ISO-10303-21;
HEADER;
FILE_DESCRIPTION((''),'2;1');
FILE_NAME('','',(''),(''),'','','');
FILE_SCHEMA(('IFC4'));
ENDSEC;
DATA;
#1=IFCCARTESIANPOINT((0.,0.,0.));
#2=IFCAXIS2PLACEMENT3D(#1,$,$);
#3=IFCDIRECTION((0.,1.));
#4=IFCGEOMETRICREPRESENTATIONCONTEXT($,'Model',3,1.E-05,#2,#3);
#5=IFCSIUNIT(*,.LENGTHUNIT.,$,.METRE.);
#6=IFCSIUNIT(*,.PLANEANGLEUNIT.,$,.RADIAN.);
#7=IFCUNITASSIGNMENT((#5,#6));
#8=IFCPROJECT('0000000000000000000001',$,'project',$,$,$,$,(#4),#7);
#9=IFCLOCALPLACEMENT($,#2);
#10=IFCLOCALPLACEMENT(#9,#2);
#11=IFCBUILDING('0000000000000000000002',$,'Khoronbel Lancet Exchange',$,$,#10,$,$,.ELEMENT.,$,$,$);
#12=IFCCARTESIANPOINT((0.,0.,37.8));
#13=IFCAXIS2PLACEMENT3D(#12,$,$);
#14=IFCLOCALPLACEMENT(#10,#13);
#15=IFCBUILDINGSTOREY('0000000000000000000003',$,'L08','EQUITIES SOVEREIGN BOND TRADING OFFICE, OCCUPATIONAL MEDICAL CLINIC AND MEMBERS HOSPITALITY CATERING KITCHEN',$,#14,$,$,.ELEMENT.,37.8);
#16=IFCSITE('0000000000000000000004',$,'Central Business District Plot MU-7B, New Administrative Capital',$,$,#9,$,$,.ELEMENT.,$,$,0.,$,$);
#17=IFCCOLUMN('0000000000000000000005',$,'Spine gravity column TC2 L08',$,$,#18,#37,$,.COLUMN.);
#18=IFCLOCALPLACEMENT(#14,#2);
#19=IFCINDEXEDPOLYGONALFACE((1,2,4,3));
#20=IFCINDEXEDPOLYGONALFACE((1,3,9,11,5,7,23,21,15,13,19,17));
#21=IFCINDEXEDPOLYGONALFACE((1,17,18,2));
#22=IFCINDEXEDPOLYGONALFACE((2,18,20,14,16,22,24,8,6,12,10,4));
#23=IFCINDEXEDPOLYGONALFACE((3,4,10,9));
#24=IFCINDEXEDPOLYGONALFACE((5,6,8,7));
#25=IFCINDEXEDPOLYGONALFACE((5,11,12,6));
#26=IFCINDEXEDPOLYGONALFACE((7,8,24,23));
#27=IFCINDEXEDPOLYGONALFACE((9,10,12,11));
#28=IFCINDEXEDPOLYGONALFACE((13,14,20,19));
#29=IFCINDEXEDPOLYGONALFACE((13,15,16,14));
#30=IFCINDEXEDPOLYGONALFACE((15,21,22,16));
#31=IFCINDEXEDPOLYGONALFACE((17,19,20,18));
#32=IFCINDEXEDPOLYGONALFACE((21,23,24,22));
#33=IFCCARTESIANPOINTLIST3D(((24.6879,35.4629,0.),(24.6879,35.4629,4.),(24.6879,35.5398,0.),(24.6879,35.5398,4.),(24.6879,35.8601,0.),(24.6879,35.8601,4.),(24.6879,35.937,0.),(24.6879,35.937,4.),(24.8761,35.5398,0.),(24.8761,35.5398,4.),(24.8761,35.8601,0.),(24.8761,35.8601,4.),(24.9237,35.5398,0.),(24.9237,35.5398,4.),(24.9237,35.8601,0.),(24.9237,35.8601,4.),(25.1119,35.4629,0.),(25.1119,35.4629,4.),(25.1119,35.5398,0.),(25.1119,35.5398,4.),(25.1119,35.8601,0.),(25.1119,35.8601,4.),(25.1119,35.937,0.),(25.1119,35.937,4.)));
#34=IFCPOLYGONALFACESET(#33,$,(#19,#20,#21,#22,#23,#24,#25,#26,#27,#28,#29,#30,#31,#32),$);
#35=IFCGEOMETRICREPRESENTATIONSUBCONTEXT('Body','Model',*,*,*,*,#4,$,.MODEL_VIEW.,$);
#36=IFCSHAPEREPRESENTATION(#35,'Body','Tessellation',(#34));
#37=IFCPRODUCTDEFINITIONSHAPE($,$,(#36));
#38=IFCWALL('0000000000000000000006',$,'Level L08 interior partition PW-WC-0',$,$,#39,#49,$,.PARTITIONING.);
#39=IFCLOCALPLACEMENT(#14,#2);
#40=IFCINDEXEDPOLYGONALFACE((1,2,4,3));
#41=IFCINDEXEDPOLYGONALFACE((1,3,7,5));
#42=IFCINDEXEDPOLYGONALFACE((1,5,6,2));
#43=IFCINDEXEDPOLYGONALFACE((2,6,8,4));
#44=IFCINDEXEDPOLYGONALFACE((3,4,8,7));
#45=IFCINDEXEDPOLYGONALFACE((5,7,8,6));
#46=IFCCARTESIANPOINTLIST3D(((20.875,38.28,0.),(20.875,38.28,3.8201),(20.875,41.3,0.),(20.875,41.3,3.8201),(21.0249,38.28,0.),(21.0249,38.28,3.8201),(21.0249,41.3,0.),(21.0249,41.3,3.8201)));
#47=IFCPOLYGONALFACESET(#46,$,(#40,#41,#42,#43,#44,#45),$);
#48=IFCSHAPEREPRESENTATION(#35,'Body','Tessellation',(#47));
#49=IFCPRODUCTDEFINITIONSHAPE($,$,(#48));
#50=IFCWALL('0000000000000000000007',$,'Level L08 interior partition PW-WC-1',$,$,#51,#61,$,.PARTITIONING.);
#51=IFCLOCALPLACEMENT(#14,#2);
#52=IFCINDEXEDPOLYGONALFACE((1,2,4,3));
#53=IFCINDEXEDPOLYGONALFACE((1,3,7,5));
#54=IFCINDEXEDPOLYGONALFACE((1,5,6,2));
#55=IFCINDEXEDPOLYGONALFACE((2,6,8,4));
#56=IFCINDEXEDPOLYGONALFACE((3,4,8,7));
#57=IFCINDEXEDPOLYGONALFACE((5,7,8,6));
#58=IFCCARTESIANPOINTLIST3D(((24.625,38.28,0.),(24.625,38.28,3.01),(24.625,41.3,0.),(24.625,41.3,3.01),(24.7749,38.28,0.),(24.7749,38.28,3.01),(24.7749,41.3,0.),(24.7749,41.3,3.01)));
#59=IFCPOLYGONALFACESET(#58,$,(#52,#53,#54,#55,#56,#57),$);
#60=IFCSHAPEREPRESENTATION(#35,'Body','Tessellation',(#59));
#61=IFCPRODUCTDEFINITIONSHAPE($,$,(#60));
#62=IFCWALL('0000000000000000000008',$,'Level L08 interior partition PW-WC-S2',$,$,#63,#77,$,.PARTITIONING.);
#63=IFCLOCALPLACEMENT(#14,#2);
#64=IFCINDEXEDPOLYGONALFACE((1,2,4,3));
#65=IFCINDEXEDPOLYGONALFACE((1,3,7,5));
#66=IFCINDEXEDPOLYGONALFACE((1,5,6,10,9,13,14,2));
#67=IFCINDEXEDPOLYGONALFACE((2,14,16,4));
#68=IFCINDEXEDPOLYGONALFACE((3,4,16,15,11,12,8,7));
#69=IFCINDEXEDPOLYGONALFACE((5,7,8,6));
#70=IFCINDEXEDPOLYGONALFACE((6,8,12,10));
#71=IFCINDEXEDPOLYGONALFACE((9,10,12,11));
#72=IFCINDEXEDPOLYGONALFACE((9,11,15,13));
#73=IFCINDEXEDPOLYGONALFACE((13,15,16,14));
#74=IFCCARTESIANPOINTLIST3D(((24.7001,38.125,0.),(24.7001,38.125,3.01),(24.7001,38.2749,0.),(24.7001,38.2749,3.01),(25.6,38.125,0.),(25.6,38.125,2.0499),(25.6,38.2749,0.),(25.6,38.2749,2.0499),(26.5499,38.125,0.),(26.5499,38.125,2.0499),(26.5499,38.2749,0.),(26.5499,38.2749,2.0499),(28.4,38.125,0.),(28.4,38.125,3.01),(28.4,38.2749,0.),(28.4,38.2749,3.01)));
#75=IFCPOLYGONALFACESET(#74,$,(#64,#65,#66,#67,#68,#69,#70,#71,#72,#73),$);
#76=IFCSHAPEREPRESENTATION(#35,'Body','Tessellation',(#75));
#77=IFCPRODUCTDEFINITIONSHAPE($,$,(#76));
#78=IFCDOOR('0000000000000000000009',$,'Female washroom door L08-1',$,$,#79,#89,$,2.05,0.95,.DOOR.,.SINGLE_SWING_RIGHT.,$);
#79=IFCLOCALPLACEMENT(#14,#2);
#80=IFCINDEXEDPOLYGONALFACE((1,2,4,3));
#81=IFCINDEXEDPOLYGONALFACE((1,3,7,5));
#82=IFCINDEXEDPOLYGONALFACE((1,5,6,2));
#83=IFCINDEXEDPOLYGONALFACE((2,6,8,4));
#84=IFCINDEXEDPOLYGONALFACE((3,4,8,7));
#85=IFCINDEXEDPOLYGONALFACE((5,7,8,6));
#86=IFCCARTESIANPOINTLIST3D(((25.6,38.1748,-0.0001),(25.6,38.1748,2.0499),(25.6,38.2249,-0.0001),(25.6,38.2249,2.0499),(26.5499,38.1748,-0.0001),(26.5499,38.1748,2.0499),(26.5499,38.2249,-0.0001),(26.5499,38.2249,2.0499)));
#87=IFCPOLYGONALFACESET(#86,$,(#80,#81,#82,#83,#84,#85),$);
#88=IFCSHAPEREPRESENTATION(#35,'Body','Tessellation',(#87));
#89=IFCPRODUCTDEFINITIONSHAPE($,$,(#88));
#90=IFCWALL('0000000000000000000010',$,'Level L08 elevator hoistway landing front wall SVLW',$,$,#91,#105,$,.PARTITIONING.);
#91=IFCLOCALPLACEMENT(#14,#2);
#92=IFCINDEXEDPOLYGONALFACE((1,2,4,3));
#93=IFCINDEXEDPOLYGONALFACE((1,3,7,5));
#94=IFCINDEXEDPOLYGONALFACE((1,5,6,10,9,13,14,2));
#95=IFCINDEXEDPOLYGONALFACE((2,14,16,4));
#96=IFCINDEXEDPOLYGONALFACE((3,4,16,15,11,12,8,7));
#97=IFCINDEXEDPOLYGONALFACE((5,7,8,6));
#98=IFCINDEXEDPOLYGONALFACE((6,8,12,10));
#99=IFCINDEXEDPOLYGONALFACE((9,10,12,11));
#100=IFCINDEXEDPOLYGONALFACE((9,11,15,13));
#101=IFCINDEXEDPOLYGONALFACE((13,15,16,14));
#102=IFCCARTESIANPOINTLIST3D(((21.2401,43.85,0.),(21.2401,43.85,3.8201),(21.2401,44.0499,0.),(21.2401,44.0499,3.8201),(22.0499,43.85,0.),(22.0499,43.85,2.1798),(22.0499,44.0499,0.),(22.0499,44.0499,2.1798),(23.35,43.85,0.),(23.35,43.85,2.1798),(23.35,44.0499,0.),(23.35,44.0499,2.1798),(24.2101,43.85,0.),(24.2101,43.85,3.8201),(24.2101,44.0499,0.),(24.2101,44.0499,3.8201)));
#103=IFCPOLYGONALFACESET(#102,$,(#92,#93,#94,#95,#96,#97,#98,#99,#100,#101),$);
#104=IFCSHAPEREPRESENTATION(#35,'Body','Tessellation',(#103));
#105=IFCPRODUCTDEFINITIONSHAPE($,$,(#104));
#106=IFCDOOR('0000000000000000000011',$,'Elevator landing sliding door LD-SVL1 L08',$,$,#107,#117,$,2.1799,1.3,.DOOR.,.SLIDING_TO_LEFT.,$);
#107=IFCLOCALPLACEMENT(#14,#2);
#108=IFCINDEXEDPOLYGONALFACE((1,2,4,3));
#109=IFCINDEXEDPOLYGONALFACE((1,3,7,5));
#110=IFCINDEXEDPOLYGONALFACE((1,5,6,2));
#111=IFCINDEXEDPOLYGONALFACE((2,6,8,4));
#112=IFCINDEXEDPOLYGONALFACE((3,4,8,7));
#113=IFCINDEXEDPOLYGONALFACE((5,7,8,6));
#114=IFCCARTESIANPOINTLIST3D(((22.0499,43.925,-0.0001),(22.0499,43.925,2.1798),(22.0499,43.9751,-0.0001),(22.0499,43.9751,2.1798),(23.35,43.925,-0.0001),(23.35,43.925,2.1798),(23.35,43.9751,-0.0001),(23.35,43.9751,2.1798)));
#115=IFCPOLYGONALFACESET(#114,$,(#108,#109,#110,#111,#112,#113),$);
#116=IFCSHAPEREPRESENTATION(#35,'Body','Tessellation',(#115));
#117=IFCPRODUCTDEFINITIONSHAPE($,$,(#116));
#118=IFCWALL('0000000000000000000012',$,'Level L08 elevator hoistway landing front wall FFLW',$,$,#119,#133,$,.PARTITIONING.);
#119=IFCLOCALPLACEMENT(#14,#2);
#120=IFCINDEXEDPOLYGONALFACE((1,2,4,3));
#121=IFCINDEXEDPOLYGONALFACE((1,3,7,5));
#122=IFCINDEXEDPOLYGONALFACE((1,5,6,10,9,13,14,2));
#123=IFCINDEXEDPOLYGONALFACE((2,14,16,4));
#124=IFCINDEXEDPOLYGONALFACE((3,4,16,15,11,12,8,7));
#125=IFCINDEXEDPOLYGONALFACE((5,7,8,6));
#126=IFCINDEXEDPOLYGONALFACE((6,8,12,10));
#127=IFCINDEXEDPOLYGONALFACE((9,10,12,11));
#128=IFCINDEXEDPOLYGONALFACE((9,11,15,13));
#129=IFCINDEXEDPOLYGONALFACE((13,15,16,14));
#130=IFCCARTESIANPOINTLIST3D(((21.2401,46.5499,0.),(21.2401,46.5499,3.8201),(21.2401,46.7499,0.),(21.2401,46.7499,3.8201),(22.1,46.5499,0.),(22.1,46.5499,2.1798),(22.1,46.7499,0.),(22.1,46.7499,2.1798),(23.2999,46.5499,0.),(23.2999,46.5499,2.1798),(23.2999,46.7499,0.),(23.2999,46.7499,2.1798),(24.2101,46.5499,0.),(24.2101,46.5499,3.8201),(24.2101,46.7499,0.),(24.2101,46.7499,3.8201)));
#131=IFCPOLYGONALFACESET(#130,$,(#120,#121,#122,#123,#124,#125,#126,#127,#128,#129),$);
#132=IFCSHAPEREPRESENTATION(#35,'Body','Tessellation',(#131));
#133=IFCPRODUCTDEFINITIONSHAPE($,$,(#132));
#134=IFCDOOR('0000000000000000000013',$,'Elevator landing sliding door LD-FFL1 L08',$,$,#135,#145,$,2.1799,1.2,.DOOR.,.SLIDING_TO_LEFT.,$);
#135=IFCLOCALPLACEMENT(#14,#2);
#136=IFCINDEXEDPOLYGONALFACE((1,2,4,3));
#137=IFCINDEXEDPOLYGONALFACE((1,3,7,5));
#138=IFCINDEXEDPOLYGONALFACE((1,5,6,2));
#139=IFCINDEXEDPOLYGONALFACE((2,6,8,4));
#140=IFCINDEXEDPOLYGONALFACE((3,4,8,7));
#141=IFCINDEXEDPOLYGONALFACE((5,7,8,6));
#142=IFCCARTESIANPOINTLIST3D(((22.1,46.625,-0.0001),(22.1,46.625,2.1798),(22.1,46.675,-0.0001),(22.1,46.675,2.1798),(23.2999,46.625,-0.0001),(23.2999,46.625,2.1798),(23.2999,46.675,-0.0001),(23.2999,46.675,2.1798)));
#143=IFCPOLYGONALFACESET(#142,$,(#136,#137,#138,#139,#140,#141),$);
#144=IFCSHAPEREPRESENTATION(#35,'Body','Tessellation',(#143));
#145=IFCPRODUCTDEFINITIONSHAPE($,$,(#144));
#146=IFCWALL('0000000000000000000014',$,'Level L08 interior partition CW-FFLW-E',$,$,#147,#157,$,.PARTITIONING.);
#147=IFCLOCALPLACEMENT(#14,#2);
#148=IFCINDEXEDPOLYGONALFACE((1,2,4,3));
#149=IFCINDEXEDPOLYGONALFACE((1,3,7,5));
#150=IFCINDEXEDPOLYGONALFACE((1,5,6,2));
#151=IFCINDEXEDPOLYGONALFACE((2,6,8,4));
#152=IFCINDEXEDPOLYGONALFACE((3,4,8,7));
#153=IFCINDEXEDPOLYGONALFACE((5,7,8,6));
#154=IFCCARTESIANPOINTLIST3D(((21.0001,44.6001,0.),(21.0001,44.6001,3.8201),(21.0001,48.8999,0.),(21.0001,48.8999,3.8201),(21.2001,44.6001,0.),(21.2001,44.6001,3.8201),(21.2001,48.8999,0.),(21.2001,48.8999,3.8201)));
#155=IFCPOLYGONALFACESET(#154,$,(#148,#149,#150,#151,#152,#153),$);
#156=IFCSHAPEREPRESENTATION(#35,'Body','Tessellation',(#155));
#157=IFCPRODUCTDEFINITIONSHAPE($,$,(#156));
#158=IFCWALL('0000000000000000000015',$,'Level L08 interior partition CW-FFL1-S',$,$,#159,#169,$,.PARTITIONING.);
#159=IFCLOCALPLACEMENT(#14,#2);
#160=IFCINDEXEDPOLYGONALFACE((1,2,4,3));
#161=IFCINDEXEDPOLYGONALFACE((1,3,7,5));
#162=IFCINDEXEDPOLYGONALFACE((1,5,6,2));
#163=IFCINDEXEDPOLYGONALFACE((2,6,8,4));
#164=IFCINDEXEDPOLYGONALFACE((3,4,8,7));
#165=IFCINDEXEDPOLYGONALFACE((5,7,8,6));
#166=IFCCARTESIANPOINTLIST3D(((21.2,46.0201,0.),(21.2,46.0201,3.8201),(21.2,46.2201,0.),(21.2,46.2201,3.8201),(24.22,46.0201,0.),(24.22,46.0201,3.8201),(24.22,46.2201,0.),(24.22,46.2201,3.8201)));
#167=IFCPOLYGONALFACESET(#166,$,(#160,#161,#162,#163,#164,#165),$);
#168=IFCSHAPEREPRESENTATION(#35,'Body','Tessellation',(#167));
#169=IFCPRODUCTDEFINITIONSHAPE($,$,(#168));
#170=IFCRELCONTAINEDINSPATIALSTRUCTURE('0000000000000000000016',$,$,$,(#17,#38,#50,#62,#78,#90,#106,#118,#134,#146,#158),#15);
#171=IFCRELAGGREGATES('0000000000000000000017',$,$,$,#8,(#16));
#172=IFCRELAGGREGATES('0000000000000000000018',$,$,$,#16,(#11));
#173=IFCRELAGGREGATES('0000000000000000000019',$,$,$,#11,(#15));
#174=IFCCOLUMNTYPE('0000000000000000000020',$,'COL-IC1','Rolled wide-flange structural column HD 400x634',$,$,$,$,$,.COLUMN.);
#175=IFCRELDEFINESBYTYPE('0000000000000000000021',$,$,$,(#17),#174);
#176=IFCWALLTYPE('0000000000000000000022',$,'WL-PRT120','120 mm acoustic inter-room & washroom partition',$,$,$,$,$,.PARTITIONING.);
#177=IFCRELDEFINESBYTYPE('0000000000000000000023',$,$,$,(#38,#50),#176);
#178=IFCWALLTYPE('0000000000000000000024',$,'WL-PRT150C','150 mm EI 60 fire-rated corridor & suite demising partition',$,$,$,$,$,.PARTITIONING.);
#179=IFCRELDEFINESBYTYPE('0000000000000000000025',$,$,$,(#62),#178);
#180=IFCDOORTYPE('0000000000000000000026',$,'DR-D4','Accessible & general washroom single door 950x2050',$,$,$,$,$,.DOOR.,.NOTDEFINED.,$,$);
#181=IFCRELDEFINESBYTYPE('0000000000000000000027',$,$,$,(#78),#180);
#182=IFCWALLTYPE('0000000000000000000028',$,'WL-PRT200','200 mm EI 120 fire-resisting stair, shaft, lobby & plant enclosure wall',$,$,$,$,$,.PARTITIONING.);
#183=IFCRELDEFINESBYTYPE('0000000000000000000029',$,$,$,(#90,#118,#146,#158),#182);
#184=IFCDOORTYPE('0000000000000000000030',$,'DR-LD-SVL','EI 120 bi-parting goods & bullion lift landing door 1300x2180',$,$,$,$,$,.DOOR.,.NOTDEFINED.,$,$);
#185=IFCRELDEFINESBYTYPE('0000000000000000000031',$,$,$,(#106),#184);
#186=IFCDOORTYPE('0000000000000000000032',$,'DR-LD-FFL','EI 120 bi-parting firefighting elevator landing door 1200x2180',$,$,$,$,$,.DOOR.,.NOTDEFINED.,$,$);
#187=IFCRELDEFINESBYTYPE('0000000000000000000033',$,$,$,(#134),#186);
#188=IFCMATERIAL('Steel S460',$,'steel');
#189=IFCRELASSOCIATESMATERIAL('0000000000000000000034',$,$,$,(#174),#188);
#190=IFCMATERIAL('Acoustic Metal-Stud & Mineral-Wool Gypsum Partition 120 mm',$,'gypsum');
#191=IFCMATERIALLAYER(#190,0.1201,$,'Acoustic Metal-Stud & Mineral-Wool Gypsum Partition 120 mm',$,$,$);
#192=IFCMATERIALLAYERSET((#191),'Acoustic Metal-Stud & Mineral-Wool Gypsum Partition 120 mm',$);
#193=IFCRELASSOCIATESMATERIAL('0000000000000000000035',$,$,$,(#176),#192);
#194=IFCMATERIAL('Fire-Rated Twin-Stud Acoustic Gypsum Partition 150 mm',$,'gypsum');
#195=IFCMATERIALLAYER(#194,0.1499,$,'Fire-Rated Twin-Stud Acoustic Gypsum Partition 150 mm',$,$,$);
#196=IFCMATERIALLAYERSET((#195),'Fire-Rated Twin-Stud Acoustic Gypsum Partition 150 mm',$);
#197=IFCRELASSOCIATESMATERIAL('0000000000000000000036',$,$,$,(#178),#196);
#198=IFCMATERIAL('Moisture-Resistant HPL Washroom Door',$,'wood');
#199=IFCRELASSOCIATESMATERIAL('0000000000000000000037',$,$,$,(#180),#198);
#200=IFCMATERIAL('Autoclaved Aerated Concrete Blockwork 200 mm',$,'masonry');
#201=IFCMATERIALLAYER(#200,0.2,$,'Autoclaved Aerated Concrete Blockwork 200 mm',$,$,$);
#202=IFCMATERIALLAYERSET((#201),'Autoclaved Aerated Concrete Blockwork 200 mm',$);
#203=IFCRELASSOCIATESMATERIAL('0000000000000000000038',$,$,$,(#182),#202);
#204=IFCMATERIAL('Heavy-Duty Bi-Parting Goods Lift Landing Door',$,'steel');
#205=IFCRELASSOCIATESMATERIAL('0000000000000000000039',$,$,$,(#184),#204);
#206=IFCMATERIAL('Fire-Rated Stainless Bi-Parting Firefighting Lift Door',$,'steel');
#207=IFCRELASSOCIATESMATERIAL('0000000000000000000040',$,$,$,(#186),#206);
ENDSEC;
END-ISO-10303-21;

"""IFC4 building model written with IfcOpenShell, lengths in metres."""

from ifc_helpers import new_model, si_unit, direction, frame, frame_2d, origin, origin_2d, place, context, subcontext, project, spatial, rectangle, i_section, extrude, material, layer, layer_set, material_profile, profile_set, type_object, element, fill, save


model = new_model("IFC4")

# Units and contexts
model_context = context("Model", 3, precision=1e-05, world=origin(), true_north=direction((0.0, 1.0)))
body_context = subcontext(model_context, "Body", "Model", "MODEL_VIEW")
ifc_project = project(units=[si_unit("LENGTHUNIT", "METRE"), si_unit("PLANEANGLEUNIT", "RADIAN")], contexts=[model_context])

# Site, building, storey
site_placement = place(None, origin())
site = spatial("IfcSite", under=ifc_project, at=site_placement, Name="Central Business District Plot MU-7B, New Administrative Capital", CompositionType="ELEMENT", RefElevation=0.0)
building_placement = place(site_placement, origin())
building = spatial("IfcBuilding", under=site, at=building_placement, Name="Khoronbel Lancet Exchange", CompositionType="ELEMENT")
storey_placement = place(building_placement, frame((0.0, 0.0, 37.8)))
storey = spatial("IfcBuildingStorey", under=building, at=storey_placement, Name="L08", Description="EQUITIES SOVEREIGN BOND TRADING OFFICE, OCCUPATIONAL MEDICAL CLINIC AND MEMBERS HOSPITALITY CATERING KITCHEN", CompositionType="ELEMENT", Elevation=37.8)

# Column
ifc_material_1 = material(Name="Steel S460", Category="steel")
ifc_material_profile = material_profile(ifc_material_1, i_section(OverallWidth=0.4241, OverallDepth=0.4741, WebThickness=0.0476, FlangeThickness=0.0769, at=origin_2d()), Name="HD 400x634")
ifc_profile_set = profile_set([ifc_material_profile], Name="Steel S460")
column_type = type_object("IfcColumnType", Name="COL-IC1", Description="Rolled wide-flange structural column HD 400x634", PredefinedType="COLUMN", material=ifc_profile_set)
column_placement = place(storey_placement, frame((24.8999, 35.7, 0.0), z_axis=(0.0, 0.0, 1.0), x_axis=(1.0, 0.0, 0.0)))
element("IfcColumn", 1, at=column_placement, inside=storey, type_object=column_type, Name="Spine gravity column TC2 L08", PredefinedType="COLUMN", context=body_context, shape_type="SweptSolid", body=[
    extrude(i_section(OverallWidth=0.4241, OverallDepth=0.4741, WebThickness=0.0476, FlangeThickness=0.0769, at=origin_2d()), origin(), (0.0, 0.0, 1.0), 4.0),
])

# Walls
ifc_material_2 = material(Name="Acoustic Metal-Stud & Mineral-Wool Gypsum Partition 120 mm", Category="gypsum")
ifc_layer_1 = layer(ifc_material_2, 0.1201, Name="Acoustic Metal-Stud & Mineral-Wool Gypsum Partition 120 mm")
ifc_layer_set_1 = layer_set([ifc_layer_1], Name="Acoustic Metal-Stud & Mineral-Wool Gypsum Partition 120 mm")
wall_type_1 = type_object("IfcWallType", Name="WL-PRT120", Description="120 mm acoustic inter-room & washroom partition", PredefinedType="PARTITIONING", material=ifc_layer_set_1)
wall_1_placement = place(storey_placement, frame((20.95, 38.28, 0.0), z_axis=(0.0, 0.0, 1.0), x_axis=(0.0, 1.0, 0.0)))
element("IfcWall", 2, at=wall_1_placement, inside=storey, type_object=wall_type_1, Name="Level L08 interior partition PW-WC-0", PredefinedType="PARTITIONING", context=body_context, shape_type="SweptSolid", body=[
    extrude(rectangle(XDim=3.02, YDim=0.1499, at=frame_2d((1.51, 0.0))), origin(), (0.0, 0.0, 1.0), 3.8201),
])
wall_2_placement = place(storey_placement, frame((24.7, 38.28, 0.0), z_axis=(0.0, 0.0, 1.0), x_axis=(0.0, 1.0, 0.0)))
element("IfcWall", 3, at=wall_2_placement, inside=storey, type_object=wall_type_1, Name="Level L08 interior partition PW-WC-1", PredefinedType="PARTITIONING", context=body_context, shape_type="SweptSolid", body=[
    extrude(rectangle(XDim=3.02, YDim=0.1499, at=frame_2d((1.51, 0.0))), origin(), (0.0, 0.0, 1.0), 3.01),
])

# Walls, openings, doors
ifc_material_3 = material(Name="Fire-Rated Twin-Stud Acoustic Gypsum Partition 150 mm", Category="gypsum")
ifc_layer_2 = layer(ifc_material_3, 0.1499, Name="Fire-Rated Twin-Stud Acoustic Gypsum Partition 150 mm")
ifc_layer_set_2 = layer_set([ifc_layer_2], Name="Fire-Rated Twin-Stud Acoustic Gypsum Partition 150 mm")
wall_type_2 = type_object("IfcWallType", Name="WL-PRT150C", Description="150 mm EI 60 fire-rated corridor & suite demising partition", PredefinedType="PARTITIONING", material=ifc_layer_set_2)
wall_3_placement = place(storey_placement, frame((24.7, 38.2, 0.0), z_axis=(0.0, 0.0, 1.0), x_axis=(1.0, 0.0, 0.0)))
wall_3 = element("IfcWall", 4, at=wall_3_placement, inside=storey, type_object=wall_type_2, Name="Level L08 interior partition PW-WC-S2", PredefinedType="PARTITIONING", context=body_context, shape_type="SweptSolid", body=[
    extrude(rectangle(XDim=3.7, YDim=0.1499, at=frame_2d((1.8501, 0.0))), origin(), (0.0, 0.0, 1.0), 3.01),
])
opening_1_placement = place(wall_3_placement, frame((0.8999, 0.0, 0.0)))
opening_1 = element("IfcOpeningElement", 5, at=opening_1_placement, cuts=wall_3, PredefinedType="OPENING", context=body_context, shape_type="SweptSolid", body=[
    extrude(rectangle(XDim=0.95, YDim=2.05, at=frame_2d((0.4751, 1.0249))), frame((0.0, 0.085, 0.0), z_axis=(0.0, -1.0, 0.0), x_axis=(1.0, 0.0, 0.0)), (0.0, 0.0, 1.0), 0.1699),
])
ifc_material_4 = material(Name="Moisture-Resistant HPL Washroom Door", Category="wood")
door_type_1 = type_object("IfcDoorType", Name="DR-D4", Description="Accessible & general washroom single door 950x2050", OperationType="NOTDEFINED", PredefinedType="DOOR", material=ifc_material_4)
door_1_placement = place(opening_1_placement, origin())
door_1 = element("IfcDoor", 6, at=door_1_placement, inside=storey, type_object=door_type_1, Name="Female washroom door L08-1", OperationType="SINGLE_SWING_RIGHT", OverallHeight=2.05, OverallWidth=0.95, PredefinedType="DOOR", context=body_context, shape_type="SweptSolid", body=[
    extrude(rectangle(XDim=0.95, YDim=2.05, at=frame_2d((0.4751, 1.0249))), frame((0.0, 0.0249, 0.0), z_axis=(0.0, -1.0, 0.0), x_axis=(1.0, 0.0, 0.0)), (0.0, 0.0, 1.0), 0.05),
])
fill(opening_1, door_1)
ifc_material_5 = material(Name="Autoclaved Aerated Concrete Blockwork 200 mm", Category="masonry")
ifc_layer_3 = layer(ifc_material_5, 0.2, Name="Autoclaved Aerated Concrete Blockwork 200 mm")
ifc_layer_set_3 = layer_set([ifc_layer_3], Name="Autoclaved Aerated Concrete Blockwork 200 mm")
wall_type_3 = type_object("IfcWallType", Name="WL-PRT200", Description="200 mm EI 120 fire-resisting stair, shaft, lobby & plant enclosure wall", PredefinedType="PARTITIONING", material=ifc_layer_set_3)
wall_4_placement = place(storey_placement, frame((24.21, 43.95, 0.0), z_axis=(0.0, 0.0, 1.0), x_axis=(-1.0, 0.0, 0.0)))
wall_4 = element("IfcWall", 7, at=wall_4_placement, inside=storey, type_object=wall_type_3, Name="Level L08 elevator hoistway landing front wall SVLW", PredefinedType="PARTITIONING", context=body_context, shape_type="SweptSolid", body=[
    extrude(rectangle(XDim=2.97, YDim=0.2, at=frame_2d((1.4849, 0.0))), origin(), (0.0, 0.0, 1.0), 3.8201),
])
opening_2_placement = place(wall_4_placement, frame((0.8601, 0.0, 0.0)))
opening_2 = element("IfcOpeningElement", 8, at=opening_2_placement, cuts=wall_4, PredefinedType="OPENING", context=body_context, shape_type="SweptSolid", body=[
    extrude(rectangle(XDim=1.3, YDim=2.1799, at=frame_2d((0.6499, 1.0898))), frame((0.0, 0.1099, 0.0), z_axis=(0.0, -1.0, 0.0), x_axis=(1.0, 0.0, 0.0)), (0.0, 0.0, 1.0), 0.22),
])
ifc_material_6 = material(Name="Heavy-Duty Bi-Parting Goods Lift Landing Door", Category="steel")
door_type_2 = type_object("IfcDoorType", Name="DR-LD-SVL", Description="EI 120 bi-parting goods & bullion lift landing door 1300x2180", OperationType="NOTDEFINED", PredefinedType="DOOR", material=ifc_material_6)
door_2_placement = place(opening_2_placement, origin())
door_2 = element("IfcDoor", 9, at=door_2_placement, inside=storey, type_object=door_type_2, Name="Elevator landing sliding door LD-SVL1 L08", OperationType="SLIDING_TO_LEFT", OverallHeight=2.1799, OverallWidth=1.3, PredefinedType="DOOR", context=body_context, shape_type="SweptSolid", body=[
    extrude(rectangle(XDim=1.3, YDim=2.1799, at=frame_2d((0.6499, 1.0898))), frame((0.0, 0.0249, 0.0), z_axis=(0.0, -1.0, 0.0), x_axis=(1.0, 0.0, 0.0)), (0.0, 0.0, 1.0), 0.05),
])
fill(opening_2, door_2)
wall_5_placement = place(storey_placement, frame((24.21, 46.6499, 0.0), z_axis=(0.0, 0.0, 1.0), x_axis=(-1.0, 0.0, 0.0)))
wall_5 = element("IfcWall", 10, at=wall_5_placement, inside=storey, type_object=wall_type_3, Name="Level L08 elevator hoistway landing front wall FFLW", PredefinedType="PARTITIONING", context=body_context, shape_type="SweptSolid", body=[
    extrude(rectangle(XDim=2.97, YDim=0.2, at=frame_2d((1.4849, 0.0))), origin(), (0.0, 0.0, 1.0), 3.8201),
])
opening_3_placement = place(wall_5_placement, frame((0.9099, 0.0, 0.0)))
opening_3 = element("IfcOpeningElement", 11, at=opening_3_placement, cuts=wall_5, PredefinedType="OPENING", context=body_context, shape_type="SweptSolid", body=[
    extrude(rectangle(XDim=1.2, YDim=2.1799, at=frame_2d((0.6001, 1.0898))), frame((0.0, 0.1099, 0.0), z_axis=(0.0, -1.0, 0.0), x_axis=(1.0, 0.0, 0.0)), (0.0, 0.0, 1.0), 0.22),
])
ifc_material_7 = material(Name="Fire-Rated Stainless Bi-Parting Firefighting Lift Door", Category="steel")
door_type_3 = type_object("IfcDoorType", Name="DR-LD-FFL", Description="EI 120 bi-parting firefighting elevator landing door 1200x2180", OperationType="NOTDEFINED", PredefinedType="DOOR", material=ifc_material_7)
door_3_placement = place(opening_3_placement, origin())
door_3 = element("IfcDoor", 12, at=door_3_placement, inside=storey, type_object=door_type_3, Name="Elevator landing sliding door LD-FFL1 L08", OperationType="SLIDING_TO_LEFT", OverallHeight=2.1799, OverallWidth=1.2, PredefinedType="DOOR", context=body_context, shape_type="SweptSolid", body=[
    extrude(rectangle(XDim=1.2, YDim=2.1799, at=frame_2d((0.6001, 1.0898))), frame((0.0, 0.0249, 0.0), z_axis=(0.0, -1.0, 0.0), x_axis=(1.0, 0.0, 0.0)), (0.0, 0.0, 1.0), 0.05),
])
fill(opening_3, door_3)

# Walls
wall_6_placement = place(storey_placement, frame((21.1001, 44.6001, 0.0), z_axis=(0.0, 0.0, 1.0), x_axis=(0.0, 1.0, 0.0)))
element("IfcWall", 13, at=wall_6_placement, inside=storey, type_object=wall_type_3, Name="Level L08 interior partition CW-FFLW-E", PredefinedType="PARTITIONING", context=body_context, shape_type="SweptSolid", body=[
    extrude(rectangle(XDim=4.2998, YDim=0.2, at=frame_2d((2.1499, 0.0))), origin(), (0.0, 0.0, 1.0), 3.8201),
])
wall_7_placement = place(storey_placement, frame((21.2, 46.1201, 0.0), z_axis=(0.0, 0.0, 1.0), x_axis=(1.0, 0.0, 0.0)))
element("IfcWall", 14, at=wall_7_placement, inside=storey, type_object=wall_type_3, Name="Level L08 interior partition CW-FFL1-S", PredefinedType="PARTITIONING", context=body_context, shape_type="SweptSolid", body=[
    extrude(rectangle(XDim=3.02, YDim=0.2, at=frame_2d((1.51, 0.0))), origin(), (0.0, 0.0, 1.0), 3.8201),
])

save(model, "model.ifc")
